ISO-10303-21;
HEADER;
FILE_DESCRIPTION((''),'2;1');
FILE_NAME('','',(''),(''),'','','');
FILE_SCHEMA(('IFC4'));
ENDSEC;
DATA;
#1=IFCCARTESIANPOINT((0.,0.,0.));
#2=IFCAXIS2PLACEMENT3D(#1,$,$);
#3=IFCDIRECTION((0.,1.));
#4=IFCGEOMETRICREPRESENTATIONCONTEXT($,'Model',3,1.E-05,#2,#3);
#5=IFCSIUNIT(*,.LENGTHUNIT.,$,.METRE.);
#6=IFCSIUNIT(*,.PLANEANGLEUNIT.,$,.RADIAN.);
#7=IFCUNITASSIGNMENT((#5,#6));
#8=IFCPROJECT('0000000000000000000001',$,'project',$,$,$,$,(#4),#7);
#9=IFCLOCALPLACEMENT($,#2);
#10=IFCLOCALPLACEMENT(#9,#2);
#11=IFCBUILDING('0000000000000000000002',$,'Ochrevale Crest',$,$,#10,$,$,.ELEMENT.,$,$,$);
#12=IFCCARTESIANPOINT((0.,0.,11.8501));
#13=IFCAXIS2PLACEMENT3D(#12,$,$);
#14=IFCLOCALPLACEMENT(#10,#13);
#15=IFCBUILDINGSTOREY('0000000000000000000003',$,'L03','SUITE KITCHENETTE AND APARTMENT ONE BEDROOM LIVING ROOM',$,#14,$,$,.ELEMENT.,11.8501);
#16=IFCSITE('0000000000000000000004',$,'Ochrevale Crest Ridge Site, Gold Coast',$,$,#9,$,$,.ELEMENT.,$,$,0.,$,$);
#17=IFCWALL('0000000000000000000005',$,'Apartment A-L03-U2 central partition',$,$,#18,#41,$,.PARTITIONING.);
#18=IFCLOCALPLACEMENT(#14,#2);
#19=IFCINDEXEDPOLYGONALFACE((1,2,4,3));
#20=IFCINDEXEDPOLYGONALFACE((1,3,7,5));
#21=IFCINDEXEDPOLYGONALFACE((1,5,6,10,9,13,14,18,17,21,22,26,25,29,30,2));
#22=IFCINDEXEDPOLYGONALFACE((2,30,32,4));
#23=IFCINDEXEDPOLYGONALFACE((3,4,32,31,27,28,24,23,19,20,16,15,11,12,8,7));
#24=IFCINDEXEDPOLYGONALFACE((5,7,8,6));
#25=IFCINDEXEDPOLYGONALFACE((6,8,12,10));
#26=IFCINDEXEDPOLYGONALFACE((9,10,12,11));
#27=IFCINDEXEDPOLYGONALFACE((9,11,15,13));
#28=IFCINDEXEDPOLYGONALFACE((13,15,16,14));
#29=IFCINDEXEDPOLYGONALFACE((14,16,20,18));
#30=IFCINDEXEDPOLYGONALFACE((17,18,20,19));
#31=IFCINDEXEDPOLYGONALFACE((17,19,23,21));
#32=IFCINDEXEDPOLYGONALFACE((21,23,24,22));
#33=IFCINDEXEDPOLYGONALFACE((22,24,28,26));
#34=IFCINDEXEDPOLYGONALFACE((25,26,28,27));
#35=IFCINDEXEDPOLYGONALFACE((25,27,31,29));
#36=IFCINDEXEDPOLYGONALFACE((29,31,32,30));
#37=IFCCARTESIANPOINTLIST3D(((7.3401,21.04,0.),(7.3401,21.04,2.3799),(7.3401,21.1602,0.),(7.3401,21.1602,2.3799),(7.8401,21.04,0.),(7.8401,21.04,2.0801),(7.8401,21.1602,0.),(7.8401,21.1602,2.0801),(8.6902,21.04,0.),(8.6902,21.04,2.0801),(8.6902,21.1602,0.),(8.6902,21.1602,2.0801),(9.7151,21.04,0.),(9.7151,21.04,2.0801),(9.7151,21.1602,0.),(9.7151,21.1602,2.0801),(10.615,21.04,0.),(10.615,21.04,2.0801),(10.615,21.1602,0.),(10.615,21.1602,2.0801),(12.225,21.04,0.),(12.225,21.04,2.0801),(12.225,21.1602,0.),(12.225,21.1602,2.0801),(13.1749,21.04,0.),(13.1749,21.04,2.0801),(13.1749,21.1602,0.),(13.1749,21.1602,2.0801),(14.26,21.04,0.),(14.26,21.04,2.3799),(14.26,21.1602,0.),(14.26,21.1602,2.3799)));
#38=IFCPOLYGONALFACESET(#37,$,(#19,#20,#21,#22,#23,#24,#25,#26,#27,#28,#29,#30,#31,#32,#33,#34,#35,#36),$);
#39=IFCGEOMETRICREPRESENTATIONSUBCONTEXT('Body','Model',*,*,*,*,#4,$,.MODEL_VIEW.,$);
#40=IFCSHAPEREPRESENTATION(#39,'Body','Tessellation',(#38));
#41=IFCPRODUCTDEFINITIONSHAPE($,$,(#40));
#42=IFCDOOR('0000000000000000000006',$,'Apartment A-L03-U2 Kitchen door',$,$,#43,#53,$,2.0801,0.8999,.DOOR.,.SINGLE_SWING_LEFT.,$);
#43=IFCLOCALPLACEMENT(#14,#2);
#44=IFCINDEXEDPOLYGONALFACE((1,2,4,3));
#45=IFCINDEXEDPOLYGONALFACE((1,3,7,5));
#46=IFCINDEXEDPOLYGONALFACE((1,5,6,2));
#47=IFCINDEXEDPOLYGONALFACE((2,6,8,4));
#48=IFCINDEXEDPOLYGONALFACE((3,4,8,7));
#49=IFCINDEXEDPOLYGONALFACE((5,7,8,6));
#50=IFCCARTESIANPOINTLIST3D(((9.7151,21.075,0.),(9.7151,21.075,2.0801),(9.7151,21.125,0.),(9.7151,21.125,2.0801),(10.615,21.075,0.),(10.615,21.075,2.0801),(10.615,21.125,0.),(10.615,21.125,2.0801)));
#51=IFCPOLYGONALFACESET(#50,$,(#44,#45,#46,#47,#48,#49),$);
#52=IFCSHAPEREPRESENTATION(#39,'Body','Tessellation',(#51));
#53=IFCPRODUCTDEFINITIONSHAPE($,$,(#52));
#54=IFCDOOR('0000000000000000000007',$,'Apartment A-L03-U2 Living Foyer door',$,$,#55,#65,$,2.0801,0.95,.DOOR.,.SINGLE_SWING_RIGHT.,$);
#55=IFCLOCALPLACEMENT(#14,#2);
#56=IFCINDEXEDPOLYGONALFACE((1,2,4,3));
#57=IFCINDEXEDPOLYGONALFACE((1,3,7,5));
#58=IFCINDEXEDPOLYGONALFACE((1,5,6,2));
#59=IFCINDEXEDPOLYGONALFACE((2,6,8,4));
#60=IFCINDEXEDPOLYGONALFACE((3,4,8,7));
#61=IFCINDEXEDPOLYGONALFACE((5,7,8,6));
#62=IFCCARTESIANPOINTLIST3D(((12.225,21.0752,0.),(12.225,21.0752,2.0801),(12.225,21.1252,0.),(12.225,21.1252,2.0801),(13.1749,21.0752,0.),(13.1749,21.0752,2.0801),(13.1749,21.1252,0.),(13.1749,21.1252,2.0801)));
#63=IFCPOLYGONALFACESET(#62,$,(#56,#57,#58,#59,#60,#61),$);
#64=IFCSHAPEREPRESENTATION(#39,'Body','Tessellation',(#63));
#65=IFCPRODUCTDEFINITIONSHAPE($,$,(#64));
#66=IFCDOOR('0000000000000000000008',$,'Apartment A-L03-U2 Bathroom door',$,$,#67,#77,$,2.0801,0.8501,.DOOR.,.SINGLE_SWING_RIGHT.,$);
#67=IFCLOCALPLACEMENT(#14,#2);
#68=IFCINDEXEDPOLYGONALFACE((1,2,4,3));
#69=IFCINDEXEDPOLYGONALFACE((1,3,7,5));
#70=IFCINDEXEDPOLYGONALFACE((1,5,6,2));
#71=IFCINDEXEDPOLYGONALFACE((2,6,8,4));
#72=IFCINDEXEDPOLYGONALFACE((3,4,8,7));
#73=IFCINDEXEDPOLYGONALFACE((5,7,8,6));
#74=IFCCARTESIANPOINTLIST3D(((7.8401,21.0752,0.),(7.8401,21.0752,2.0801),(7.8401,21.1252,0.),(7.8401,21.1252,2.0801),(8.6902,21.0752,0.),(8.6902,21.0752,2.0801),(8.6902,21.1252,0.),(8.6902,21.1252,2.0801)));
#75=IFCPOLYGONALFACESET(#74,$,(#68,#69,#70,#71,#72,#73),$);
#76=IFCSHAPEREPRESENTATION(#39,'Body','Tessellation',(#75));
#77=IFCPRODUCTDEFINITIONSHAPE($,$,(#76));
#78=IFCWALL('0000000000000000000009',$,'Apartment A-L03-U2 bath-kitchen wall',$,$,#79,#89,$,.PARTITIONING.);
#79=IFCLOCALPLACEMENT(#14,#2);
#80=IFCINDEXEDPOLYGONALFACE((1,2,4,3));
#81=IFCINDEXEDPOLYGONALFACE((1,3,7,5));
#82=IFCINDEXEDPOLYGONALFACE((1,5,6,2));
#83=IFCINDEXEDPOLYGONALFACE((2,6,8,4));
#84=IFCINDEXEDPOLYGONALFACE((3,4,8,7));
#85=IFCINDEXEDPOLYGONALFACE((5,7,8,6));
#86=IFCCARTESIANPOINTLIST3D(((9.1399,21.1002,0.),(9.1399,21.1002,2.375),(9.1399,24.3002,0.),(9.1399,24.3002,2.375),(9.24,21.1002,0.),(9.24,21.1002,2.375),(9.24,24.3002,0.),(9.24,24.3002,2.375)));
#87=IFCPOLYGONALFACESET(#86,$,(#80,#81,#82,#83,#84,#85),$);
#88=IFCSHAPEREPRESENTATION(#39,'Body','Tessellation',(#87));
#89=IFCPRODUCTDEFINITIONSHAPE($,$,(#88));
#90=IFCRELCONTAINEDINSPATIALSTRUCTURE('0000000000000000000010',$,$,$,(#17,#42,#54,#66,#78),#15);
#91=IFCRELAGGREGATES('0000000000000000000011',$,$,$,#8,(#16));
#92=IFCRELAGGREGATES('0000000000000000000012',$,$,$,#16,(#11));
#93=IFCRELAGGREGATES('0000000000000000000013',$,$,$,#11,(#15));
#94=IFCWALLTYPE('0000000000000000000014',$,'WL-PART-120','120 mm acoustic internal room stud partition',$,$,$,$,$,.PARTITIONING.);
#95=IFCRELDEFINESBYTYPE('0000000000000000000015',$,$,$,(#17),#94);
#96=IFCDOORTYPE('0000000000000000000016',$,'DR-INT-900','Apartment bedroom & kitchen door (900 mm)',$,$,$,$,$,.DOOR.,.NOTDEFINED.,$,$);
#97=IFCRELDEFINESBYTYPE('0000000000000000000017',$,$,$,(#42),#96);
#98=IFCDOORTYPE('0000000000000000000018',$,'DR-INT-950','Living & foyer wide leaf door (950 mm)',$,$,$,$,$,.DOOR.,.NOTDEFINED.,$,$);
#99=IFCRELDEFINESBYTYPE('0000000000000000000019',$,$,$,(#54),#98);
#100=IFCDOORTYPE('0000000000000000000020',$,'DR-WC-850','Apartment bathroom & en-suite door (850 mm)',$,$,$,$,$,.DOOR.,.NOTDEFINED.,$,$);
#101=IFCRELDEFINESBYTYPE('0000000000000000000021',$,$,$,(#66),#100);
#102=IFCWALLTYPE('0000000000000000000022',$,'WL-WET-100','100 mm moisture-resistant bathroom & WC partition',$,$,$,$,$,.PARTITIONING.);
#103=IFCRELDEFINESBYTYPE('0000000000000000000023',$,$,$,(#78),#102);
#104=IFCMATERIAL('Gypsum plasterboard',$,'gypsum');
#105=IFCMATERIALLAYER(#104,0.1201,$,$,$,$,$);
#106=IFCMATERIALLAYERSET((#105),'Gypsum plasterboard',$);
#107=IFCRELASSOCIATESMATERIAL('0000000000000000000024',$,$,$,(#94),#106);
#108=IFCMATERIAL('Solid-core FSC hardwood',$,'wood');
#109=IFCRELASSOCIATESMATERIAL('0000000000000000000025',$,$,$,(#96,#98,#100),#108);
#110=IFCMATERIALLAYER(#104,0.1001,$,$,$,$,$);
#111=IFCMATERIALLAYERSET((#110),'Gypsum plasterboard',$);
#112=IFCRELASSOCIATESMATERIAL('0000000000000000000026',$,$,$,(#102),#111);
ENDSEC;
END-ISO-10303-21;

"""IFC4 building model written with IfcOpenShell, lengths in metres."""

from ifc_helpers import new_model, si_unit, direction, frame, frame_2d, origin, place, context, subcontext, project, spatial, rectangle, extrude, material, layer, layer_set, type_object, element, fill, save


model = new_model("IFC4")

# Units and contexts
model_context = context("Model", 3, precision=1e-05, world=origin(), true_north=direction((0.0, 1.0)))
body_context = subcontext(model_context, "Body", "Model", "MODEL_VIEW")
ifc_project = project(units=[si_unit("LENGTHUNIT", "METRE"), si_unit("PLANEANGLEUNIT", "RADIAN")], contexts=[model_context])

# Site, building, storey
site_placement = place(None, origin())
site = spatial("IfcSite", under=ifc_project, at=site_placement, Name="Ochrevale Crest Ridge Site, Gold Coast", CompositionType="ELEMENT", RefElevation=0.0)
building_placement = place(site_placement, origin())
building = spatial("IfcBuilding", under=site, at=building_placement, Name="Ochrevale Crest", CompositionType="ELEMENT")
storey_placement = place(building_placement, frame((0.0, 0.0, 11.8501)))
storey = spatial("IfcBuildingStorey", under=building, at=storey_placement, Name="L03", Description="SUITE KITCHENETTE AND APARTMENT ONE BEDROOM LIVING ROOM", CompositionType="ELEMENT", Elevation=11.8501)

# Shared definitions
ifc_material_1 = material(Name="Gypsum plasterboard", Category="gypsum")
ifc_material_2 = material(Name="Solid-core FSC hardwood", Category="wood")

# Shared definitions
ifc_layer_1 = layer(ifc_material_1, 0.1201)
ifc_layer_set_1 = layer_set([ifc_layer_1], Name="Gypsum plasterboard")
wall_type_1 = type_object("IfcWallType", Name="WL-PART-120", Description="120 mm acoustic internal room stud partition", PredefinedType="PARTITIONING", material=ifc_layer_set_1)

# Wall, openings, doors
wall_1_placement = place(storey_placement, frame((7.3401, 21.1001, 0.0), z_axis=(0.0, 0.0, 1.0), x_axis=(1.0, 0.0, 0.0)))
wall_1 = element("IfcWall", 1, at=wall_1_placement, inside=storey, type_object=wall_type_1, Name="Apartment A-L03-U2 central partition", PredefinedType="PARTITIONING", context=body_context, shape_type="SweptSolid", body=[
    extrude(rectangle(XDim=6.9199, YDim=0.1201, at=frame_2d((3.46, 0.0))), origin(), (0.0, 0.0, 1.0), 2.3799),
])
opening_1_placement = place(wall_1_placement, frame((1.3501, 0.0, 0.0), z_axis=(0.0, 0.0, 1.0), x_axis=(-1.0, 0.0, 0.0)))
opening_1 = element("IfcOpeningElement", 2, at=opening_1_placement, cuts=wall_1, PredefinedType="OPENING", context=body_context, shape_type="SweptSolid", body=[
    extrude(rectangle(XDim=0.8501, YDim=2.0801, at=frame_2d((0.425, 1.04))), frame((0.0, 0.0701, 0.0), z_axis=(0.0, -1.0, 0.0), x_axis=(1.0, 0.0, 0.0)), (0.0, 0.0, 1.0), 0.1401),
])
opening_2_placement = place(wall_1_placement, frame((2.375, 0.0, 0.0)))
opening_2 = element("IfcOpeningElement", 3, at=opening_2_placement, cuts=wall_1, PredefinedType="OPENING", context=body_context, shape_type="SweptSolid", body=[
    extrude(rectangle(XDim=0.8999, YDim=2.0801, at=frame_2d((0.45, 1.04))), frame((0.0, 0.0701, 0.0), z_axis=(0.0, -1.0, 0.0), x_axis=(1.0, 0.0, 0.0)), (0.0, 0.0, 1.0), 0.1401),
])
opening_3_placement = place(wall_1_placement, frame((5.835, 0.0, 0.0), z_axis=(0.0, 0.0, 1.0), x_axis=(-1.0, 0.0, 0.0)))
opening_3 = element("IfcOpeningElement", 4, at=opening_3_placement, cuts=wall_1, PredefinedType="OPENING", context=body_context, shape_type="SweptSolid", body=[
    extrude(rectangle(XDim=0.95, YDim=2.0801, at=frame_2d((0.4751, 1.04))), frame((0.0, 0.0701, 0.0), z_axis=(0.0, -1.0, 0.0), x_axis=(1.0, 0.0, 0.0)), (0.0, 0.0, 1.0), 0.1401),
])
door_type_1 = type_object("IfcDoorType", Name="DR-INT-900", Description="Apartment bedroom & kitchen door (900 mm)", OperationType="NOTDEFINED", PredefinedType="DOOR", material=ifc_material_2)
door_1_placement = place(opening_2_placement, origin())
door_1 = element("IfcDoor", 5, at=door_1_placement, inside=storey, type_object=door_type_1, Name="Apartment A-L03-U2 Kitchen door", OperationType="SINGLE_SWING_LEFT", OverallHeight=2.0801, OverallWidth=0.8999, PredefinedType="DOOR", context=body_context, shape_type="SweptSolid", body=[
    extrude(rectangle(XDim=0.8999, YDim=2.0801, at=frame_2d((0.45, 1.04))), frame((0.0, 0.0249, 0.0), z_axis=(0.0, -1.0, 0.0), x_axis=(1.0, 0.0, 0.0)), (0.0, 0.0, 1.0), 0.05),
])
fill(opening_2, door_1)
door_type_2 = type_object("IfcDoorType", Name="DR-INT-950", Description="Living & foyer wide leaf door (950 mm)", OperationType="NOTDEFINED", PredefinedType="DOOR", material=ifc_material_2)
door_2_placement = place(opening_3_placement, origin())
door_2 = element("IfcDoor", 6, at=door_2_placement, inside=storey, type_object=door_type_2, Name="Apartment A-L03-U2 Living Foyer door", OperationType="SINGLE_SWING_RIGHT", OverallHeight=2.0801, OverallWidth=0.95, PredefinedType="DOOR", context=body_context, shape_type="SweptSolid", body=[
    extrude(rectangle(XDim=0.95, YDim=2.0801, at=frame_2d((0.4751, 1.04))), frame((0.0, 0.0249, 0.0), z_axis=(0.0, -1.0, 0.0), x_axis=(1.0, 0.0, 0.0)), (0.0, 0.0, 1.0), 0.05),
])
fill(opening_3, door_2)
door_type_3 = type_object("IfcDoorType", Name="DR-WC-850", Description="Apartment bathroom & en-suite door (850 mm)", OperationType="NOTDEFINED", PredefinedType="DOOR", material=ifc_material_2)
door_3_placement = place(opening_1_placement, origin())
door_3 = element("IfcDoor", 7, at=door_3_placement, inside=storey, type_object=door_type_3, Name="Apartment A-L03-U2 Bathroom door", OperationType="SINGLE_SWING_RIGHT", OverallHeight=2.0801, OverallWidth=0.8501, PredefinedType="DOOR", context=body_context, shape_type="SweptSolid", body=[
    extrude(rectangle(XDim=0.8501, YDim=2.0801, at=frame_2d((0.425, 1.04))), frame((0.0, 0.0249, 0.0), z_axis=(0.0, -1.0, 0.0), x_axis=(1.0, 0.0, 0.0)), (0.0, 0.0, 1.0), 0.05),
])
fill(opening_1, door_3)

# Wall
ifc_layer_2 = layer(ifc_material_1, 0.1001)
ifc_layer_set_2 = layer_set([ifc_layer_2], Name="Gypsum plasterboard")
wall_type_2 = type_object("IfcWallType", Name="WL-WET-100", Description="100 mm moisture-resistant bathroom & WC partition", PredefinedType="PARTITIONING", material=ifc_layer_set_2)
wall_2_placement = place(storey_placement, frame((9.1899, 21.1001, 0.0), z_axis=(0.0, 0.0, 1.0), x_axis=(0.0, 1.0, 0.0)))
element("IfcWall", 8, at=wall_2_placement, inside=storey, type_object=wall_type_2, Name="Apartment A-L03-U2 bath-kitchen wall", PredefinedType="PARTITIONING", context=body_context, shape_type="SweptSolid", body=[
    extrude(rectangle(XDim=3.2, YDim=0.1001, at=frame_2d((1.6001, 0.0))), origin(), (0.0, 0.0, 1.0), 2.375),
])

save(model, "model.ifc")
